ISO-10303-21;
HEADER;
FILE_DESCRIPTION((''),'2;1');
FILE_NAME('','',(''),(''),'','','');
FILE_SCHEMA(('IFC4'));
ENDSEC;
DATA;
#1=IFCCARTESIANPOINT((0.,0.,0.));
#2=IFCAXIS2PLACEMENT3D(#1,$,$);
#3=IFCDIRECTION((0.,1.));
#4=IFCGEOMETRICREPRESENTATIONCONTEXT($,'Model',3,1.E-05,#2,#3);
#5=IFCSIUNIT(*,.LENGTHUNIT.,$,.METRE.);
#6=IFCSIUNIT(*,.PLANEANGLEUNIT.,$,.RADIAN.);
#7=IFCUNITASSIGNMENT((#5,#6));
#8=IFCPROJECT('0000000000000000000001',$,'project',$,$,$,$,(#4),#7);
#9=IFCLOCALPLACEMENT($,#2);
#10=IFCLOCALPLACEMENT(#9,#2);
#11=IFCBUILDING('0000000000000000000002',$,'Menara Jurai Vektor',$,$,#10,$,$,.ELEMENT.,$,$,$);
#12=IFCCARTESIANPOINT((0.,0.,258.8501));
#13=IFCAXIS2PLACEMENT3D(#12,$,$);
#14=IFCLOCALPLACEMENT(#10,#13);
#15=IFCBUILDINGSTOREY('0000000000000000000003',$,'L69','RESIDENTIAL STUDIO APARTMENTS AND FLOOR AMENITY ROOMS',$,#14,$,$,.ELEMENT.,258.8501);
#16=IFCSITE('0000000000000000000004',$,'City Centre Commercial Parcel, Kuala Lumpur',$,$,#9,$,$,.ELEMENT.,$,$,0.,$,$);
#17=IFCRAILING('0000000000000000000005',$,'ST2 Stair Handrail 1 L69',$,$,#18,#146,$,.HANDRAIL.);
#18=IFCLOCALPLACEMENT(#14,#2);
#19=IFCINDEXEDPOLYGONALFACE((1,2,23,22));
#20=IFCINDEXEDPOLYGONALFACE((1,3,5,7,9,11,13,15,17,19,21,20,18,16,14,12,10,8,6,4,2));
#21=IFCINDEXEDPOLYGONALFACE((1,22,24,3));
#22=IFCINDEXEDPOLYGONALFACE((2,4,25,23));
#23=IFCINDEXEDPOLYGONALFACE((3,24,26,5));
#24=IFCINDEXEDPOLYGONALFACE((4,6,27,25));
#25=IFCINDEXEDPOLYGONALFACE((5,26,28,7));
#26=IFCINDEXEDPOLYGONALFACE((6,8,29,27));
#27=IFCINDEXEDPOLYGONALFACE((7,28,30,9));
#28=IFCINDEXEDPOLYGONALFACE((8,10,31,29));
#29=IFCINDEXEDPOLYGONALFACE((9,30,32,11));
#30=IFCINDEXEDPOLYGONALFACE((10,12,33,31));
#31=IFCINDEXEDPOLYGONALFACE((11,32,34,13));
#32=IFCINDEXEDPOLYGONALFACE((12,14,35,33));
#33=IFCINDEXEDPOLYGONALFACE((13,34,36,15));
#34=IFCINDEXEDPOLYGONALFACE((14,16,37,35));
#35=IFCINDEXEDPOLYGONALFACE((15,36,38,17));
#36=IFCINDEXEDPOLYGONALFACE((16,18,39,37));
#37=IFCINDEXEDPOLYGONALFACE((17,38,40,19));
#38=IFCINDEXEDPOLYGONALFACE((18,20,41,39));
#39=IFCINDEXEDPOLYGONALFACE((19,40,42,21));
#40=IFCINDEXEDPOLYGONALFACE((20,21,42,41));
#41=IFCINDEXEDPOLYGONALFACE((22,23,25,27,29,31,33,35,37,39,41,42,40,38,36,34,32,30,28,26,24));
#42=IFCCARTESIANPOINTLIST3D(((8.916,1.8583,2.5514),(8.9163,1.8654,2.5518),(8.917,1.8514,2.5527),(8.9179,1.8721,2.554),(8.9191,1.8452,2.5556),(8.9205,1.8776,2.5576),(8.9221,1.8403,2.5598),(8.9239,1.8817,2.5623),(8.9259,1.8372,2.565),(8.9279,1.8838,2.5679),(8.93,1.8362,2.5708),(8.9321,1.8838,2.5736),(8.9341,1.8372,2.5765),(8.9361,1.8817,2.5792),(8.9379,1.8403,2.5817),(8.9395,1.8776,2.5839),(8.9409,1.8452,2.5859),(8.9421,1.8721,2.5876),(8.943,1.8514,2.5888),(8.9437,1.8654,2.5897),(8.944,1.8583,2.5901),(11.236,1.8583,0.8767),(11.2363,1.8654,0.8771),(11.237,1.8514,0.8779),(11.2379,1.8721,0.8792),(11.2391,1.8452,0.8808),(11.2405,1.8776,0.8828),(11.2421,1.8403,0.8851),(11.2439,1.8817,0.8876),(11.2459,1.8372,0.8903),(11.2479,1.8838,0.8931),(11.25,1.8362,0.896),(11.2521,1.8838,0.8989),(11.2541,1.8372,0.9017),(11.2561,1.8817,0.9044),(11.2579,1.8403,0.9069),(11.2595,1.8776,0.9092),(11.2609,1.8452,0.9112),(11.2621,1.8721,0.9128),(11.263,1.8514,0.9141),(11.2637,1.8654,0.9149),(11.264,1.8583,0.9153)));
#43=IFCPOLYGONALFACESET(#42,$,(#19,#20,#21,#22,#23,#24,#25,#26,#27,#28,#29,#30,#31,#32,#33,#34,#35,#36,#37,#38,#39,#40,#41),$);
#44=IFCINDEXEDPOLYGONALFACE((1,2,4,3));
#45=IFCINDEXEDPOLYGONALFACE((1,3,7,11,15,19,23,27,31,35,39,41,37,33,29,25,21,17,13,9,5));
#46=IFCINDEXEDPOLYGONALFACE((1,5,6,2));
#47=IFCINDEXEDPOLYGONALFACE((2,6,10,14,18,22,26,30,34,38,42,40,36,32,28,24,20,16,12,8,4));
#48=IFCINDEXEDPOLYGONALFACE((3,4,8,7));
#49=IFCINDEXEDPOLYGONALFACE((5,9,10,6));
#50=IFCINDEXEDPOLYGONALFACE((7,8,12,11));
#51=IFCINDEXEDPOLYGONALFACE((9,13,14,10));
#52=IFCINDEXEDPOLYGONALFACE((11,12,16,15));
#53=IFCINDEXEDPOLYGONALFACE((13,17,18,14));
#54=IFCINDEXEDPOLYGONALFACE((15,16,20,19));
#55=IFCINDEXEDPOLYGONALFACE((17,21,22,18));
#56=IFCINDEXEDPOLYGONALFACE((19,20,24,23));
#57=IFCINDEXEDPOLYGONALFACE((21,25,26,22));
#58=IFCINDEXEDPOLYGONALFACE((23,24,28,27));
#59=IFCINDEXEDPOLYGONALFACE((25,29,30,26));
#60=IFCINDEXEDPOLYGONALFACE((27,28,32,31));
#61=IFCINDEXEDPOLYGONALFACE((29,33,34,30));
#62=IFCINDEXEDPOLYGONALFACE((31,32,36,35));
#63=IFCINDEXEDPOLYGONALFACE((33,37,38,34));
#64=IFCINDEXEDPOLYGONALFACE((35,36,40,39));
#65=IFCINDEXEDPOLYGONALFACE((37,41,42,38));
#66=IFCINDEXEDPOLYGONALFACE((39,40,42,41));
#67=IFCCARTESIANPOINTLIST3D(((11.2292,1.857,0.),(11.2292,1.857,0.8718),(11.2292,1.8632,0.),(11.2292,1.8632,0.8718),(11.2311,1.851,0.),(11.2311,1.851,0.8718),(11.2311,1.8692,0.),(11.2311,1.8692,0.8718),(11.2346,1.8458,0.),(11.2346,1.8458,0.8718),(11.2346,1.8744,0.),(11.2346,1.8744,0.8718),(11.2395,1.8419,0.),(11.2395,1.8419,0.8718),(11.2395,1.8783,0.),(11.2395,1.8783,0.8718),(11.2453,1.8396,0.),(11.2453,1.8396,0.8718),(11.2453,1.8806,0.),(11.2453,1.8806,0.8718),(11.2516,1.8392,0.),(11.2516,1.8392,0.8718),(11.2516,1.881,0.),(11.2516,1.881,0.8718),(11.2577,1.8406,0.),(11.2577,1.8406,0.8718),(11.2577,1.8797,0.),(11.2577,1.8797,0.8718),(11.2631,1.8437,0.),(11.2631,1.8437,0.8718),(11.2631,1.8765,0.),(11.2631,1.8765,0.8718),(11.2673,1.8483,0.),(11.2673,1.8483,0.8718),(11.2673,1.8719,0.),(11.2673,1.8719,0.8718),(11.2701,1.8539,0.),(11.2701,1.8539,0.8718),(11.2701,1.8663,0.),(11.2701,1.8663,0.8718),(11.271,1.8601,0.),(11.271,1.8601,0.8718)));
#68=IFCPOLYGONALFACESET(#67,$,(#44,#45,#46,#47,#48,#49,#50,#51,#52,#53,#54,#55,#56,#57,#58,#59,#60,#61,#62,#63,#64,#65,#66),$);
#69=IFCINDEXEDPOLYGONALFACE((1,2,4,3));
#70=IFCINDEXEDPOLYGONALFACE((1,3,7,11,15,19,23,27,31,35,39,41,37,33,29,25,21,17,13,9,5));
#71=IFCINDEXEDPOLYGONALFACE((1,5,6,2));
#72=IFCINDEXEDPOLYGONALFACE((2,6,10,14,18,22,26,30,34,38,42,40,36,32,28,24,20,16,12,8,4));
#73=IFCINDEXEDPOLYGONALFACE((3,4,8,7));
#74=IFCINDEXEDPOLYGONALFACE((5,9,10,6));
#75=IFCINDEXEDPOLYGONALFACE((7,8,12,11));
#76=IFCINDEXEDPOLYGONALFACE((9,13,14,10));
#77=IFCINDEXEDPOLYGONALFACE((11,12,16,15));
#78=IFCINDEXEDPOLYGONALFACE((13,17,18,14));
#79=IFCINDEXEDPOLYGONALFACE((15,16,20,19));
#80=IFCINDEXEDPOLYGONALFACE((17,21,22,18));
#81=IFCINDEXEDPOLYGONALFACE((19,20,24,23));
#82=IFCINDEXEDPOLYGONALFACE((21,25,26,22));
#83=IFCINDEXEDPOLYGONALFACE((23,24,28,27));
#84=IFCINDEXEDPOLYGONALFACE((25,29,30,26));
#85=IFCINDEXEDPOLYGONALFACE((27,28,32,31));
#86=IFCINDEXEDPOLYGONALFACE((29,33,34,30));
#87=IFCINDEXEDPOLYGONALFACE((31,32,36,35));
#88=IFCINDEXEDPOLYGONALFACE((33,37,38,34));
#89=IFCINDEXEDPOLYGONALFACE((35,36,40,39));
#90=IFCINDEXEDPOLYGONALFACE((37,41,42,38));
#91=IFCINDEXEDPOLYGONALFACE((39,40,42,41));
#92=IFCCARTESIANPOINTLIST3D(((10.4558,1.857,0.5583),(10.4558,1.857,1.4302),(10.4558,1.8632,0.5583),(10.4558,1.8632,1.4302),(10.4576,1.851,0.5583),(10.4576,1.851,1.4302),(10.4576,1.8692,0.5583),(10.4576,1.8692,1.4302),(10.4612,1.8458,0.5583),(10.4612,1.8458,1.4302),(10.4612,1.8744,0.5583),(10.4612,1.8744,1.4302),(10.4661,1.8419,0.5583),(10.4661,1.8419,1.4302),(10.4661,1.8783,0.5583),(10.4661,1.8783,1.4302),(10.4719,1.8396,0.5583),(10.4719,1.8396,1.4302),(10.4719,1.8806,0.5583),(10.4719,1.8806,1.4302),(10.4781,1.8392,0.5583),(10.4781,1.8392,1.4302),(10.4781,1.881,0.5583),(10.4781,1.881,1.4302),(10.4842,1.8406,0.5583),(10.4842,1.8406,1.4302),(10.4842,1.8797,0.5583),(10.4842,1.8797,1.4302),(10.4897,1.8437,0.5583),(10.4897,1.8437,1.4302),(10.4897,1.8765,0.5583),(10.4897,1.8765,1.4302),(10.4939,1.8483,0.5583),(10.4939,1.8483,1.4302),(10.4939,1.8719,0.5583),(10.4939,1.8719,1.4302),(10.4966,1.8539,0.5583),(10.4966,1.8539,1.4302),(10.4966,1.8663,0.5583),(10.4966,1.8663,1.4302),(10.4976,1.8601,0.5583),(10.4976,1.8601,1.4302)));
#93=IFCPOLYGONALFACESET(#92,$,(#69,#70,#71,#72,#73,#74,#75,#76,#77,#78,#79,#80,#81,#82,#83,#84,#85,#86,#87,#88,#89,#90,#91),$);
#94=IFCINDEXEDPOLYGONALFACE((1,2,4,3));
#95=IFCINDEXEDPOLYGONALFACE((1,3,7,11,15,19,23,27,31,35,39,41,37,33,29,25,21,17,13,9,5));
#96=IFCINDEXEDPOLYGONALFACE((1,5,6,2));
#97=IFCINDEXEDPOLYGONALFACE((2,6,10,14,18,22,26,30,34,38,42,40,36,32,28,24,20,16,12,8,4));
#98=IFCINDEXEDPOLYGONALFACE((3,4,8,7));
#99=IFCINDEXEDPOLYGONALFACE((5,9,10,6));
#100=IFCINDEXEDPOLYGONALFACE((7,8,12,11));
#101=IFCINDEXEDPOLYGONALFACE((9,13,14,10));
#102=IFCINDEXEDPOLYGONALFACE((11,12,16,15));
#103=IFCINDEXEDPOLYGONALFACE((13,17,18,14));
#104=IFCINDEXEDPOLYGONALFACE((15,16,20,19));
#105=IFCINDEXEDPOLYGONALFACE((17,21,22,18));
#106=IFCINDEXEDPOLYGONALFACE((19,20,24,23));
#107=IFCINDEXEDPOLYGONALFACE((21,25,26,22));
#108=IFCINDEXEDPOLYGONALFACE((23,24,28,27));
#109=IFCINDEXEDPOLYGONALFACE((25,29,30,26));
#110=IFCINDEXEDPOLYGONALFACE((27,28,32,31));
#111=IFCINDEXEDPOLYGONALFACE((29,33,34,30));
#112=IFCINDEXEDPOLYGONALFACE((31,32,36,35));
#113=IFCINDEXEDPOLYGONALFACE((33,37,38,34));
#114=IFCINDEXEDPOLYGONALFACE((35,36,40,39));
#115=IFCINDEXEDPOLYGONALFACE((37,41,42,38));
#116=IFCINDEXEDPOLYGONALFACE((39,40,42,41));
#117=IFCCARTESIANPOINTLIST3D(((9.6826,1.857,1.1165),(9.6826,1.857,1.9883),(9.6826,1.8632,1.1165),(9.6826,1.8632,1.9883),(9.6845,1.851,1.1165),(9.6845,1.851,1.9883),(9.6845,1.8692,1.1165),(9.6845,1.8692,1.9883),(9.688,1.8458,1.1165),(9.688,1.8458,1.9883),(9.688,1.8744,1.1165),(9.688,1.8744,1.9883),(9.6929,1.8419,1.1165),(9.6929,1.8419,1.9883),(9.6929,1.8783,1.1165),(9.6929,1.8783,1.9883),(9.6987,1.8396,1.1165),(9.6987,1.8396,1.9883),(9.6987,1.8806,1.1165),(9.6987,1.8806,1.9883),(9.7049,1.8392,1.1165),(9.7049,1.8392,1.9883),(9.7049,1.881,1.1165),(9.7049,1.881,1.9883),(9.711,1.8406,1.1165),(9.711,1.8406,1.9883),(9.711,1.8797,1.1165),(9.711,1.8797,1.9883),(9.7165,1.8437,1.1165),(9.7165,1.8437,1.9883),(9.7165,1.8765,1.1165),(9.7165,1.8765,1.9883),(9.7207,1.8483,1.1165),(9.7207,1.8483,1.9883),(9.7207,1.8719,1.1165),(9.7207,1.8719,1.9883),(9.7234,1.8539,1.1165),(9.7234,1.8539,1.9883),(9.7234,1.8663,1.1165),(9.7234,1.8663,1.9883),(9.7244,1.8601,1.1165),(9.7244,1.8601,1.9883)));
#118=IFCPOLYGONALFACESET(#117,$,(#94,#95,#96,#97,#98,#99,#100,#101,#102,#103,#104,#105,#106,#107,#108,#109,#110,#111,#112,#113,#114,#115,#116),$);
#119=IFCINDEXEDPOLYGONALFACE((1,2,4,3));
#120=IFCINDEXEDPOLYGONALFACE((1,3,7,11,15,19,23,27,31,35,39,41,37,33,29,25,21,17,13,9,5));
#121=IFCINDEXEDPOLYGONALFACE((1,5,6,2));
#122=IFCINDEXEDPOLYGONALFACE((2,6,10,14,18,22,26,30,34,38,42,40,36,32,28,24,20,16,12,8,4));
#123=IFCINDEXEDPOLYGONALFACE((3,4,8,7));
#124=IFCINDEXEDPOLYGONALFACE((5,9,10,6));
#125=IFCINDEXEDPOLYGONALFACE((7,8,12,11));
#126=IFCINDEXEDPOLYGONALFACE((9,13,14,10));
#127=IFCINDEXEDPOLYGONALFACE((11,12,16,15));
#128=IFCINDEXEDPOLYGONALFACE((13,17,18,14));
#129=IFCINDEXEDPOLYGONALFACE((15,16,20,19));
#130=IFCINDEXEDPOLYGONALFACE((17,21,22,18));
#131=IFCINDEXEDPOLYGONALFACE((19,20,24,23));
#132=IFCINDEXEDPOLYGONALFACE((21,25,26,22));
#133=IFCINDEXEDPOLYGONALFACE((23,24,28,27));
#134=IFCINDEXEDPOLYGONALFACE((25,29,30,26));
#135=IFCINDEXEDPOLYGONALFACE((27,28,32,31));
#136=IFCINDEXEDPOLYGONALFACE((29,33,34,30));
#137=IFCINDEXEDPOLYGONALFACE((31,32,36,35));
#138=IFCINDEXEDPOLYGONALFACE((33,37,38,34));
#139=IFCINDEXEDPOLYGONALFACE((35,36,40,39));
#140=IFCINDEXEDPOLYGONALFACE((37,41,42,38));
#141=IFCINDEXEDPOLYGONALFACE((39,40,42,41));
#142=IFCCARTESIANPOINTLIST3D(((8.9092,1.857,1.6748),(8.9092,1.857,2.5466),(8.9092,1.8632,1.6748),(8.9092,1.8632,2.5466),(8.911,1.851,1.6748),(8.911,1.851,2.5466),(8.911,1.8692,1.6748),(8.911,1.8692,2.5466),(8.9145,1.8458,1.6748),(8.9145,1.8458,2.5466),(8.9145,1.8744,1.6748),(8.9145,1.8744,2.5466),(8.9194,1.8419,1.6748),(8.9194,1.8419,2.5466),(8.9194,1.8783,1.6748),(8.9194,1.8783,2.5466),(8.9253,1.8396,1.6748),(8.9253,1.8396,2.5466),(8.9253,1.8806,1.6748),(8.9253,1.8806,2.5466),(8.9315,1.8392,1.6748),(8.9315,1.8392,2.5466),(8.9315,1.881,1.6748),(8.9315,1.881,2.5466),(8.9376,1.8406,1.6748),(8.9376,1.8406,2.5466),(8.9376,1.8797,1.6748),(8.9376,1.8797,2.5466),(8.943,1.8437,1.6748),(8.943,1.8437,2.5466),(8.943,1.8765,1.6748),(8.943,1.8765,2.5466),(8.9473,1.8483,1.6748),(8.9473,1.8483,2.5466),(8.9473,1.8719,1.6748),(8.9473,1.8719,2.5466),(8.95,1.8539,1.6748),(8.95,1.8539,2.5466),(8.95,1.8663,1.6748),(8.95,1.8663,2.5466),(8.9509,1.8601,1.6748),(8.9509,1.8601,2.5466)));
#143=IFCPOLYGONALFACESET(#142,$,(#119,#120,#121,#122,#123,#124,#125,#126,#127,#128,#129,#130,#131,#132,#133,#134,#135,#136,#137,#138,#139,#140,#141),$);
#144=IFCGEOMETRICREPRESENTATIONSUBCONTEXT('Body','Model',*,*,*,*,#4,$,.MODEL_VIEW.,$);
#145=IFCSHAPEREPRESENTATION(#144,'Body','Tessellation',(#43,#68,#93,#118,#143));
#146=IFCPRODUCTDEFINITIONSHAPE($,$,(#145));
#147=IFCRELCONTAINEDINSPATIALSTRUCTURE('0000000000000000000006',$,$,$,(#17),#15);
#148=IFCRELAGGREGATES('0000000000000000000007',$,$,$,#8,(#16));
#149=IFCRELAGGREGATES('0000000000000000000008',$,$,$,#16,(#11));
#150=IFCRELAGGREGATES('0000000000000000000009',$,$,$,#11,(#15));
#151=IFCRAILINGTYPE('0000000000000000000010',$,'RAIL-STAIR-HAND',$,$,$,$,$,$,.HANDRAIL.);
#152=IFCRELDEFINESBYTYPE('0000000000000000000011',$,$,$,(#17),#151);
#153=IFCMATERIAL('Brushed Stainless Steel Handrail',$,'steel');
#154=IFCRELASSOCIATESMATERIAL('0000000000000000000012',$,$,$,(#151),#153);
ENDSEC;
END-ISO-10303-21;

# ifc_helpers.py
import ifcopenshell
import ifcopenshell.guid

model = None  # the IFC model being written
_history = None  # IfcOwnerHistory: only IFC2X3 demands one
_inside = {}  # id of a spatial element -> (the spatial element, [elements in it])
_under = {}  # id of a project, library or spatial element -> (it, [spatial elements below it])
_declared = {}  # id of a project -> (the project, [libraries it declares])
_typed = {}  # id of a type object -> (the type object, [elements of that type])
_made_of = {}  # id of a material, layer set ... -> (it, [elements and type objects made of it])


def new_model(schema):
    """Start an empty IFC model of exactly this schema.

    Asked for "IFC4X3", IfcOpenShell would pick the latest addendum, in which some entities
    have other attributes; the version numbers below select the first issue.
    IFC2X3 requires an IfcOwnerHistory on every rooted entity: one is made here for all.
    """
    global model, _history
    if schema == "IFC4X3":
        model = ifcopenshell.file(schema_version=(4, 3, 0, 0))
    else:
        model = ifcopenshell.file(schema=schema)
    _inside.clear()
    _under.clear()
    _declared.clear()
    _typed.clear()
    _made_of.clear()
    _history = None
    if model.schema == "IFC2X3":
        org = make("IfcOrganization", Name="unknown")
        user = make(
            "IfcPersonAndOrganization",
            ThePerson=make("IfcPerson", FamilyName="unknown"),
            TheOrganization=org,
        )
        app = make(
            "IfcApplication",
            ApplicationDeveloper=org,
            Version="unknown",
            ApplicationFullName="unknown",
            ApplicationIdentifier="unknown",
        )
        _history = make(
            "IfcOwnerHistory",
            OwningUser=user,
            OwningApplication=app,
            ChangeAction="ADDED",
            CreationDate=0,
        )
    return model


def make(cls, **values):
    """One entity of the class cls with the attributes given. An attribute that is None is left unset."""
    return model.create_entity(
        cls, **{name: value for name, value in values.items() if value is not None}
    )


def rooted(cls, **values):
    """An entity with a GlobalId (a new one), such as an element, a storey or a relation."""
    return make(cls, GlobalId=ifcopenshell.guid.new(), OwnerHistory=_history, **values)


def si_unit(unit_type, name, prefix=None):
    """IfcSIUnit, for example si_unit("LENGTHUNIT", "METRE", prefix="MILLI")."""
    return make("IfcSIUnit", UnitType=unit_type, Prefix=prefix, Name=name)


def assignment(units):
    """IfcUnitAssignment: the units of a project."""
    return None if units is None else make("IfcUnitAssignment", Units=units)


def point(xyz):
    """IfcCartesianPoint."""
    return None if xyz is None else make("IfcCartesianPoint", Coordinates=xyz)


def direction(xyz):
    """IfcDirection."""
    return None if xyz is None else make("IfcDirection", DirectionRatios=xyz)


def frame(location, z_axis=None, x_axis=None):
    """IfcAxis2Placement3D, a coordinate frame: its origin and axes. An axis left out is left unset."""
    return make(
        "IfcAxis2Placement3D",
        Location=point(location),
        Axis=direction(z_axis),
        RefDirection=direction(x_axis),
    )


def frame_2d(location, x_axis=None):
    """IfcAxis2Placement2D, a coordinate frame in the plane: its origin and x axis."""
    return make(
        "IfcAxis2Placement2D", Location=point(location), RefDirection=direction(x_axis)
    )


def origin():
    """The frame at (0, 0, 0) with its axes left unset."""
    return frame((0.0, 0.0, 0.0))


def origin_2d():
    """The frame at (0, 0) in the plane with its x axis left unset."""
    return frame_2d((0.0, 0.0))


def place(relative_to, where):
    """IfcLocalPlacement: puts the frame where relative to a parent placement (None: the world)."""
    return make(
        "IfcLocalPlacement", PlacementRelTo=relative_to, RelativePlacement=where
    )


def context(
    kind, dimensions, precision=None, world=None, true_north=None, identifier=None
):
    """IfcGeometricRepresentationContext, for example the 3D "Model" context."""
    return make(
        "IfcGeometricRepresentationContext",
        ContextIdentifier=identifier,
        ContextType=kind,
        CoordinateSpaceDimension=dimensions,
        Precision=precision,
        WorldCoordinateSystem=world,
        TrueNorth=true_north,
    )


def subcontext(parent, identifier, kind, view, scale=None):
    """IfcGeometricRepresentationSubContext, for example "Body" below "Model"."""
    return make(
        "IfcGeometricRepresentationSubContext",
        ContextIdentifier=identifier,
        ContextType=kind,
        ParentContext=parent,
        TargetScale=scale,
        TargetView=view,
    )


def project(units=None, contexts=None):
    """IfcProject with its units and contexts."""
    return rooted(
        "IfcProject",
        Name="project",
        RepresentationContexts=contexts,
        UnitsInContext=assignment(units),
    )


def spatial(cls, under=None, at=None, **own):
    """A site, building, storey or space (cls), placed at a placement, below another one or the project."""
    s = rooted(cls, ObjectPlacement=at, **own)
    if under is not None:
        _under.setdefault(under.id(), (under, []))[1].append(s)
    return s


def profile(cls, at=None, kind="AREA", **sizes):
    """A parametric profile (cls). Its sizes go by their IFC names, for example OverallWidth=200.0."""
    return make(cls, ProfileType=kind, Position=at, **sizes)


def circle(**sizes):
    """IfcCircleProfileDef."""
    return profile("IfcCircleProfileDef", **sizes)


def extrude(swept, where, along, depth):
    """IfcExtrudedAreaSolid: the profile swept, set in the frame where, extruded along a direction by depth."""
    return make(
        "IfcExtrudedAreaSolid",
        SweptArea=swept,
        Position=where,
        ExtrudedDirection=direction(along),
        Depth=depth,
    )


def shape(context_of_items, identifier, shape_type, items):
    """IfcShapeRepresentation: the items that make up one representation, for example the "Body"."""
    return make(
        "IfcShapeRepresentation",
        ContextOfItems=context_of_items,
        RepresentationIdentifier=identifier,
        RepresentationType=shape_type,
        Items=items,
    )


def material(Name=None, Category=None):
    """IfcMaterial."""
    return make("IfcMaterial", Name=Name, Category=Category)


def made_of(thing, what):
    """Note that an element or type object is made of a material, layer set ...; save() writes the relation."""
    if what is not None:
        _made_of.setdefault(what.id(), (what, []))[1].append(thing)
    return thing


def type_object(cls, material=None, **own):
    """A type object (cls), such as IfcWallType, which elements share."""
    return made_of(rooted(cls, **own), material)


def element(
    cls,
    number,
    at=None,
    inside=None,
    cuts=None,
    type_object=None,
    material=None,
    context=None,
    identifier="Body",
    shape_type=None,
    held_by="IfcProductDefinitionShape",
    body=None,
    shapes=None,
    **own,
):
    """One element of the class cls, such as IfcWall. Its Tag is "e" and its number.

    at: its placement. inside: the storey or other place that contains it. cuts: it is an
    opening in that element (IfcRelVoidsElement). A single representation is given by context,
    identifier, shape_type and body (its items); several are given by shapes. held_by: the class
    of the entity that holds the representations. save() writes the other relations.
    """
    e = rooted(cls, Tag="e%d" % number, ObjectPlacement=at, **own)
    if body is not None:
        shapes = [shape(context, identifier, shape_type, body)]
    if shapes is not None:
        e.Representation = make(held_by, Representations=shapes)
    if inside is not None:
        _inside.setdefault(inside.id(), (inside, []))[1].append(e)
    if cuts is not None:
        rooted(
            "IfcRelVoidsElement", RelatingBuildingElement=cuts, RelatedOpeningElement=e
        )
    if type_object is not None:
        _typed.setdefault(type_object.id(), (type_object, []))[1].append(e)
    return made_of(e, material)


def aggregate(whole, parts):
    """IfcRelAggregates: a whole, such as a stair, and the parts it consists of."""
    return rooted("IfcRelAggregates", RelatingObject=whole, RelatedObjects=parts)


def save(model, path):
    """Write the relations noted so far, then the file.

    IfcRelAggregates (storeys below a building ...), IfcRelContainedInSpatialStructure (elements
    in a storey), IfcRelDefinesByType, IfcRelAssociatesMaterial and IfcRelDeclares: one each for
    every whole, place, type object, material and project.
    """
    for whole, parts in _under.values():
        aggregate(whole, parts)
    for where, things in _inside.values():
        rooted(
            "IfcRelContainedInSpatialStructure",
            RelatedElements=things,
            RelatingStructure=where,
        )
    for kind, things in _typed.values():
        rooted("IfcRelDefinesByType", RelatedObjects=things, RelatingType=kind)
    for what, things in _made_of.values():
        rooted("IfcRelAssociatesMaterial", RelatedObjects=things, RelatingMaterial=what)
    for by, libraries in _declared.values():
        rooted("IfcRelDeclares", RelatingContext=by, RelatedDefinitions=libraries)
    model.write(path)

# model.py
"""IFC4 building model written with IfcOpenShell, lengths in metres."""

from ifc_helpers import new_model, si_unit, direction, frame, origin, origin_2d, place, context, subcontext, project, spatial, circle, extrude, material, type_object, element, save


model = new_model("IFC4")

# Units and contexts
model_context = context("Model", 3, precision=1e-05, world=origin(), true_north=direction((0.0, 1.0)))
body_context = subcontext(model_context, "Body", "Model", "MODEL_VIEW")
ifc_project = project(units=[si_unit("LENGTHUNIT", "METRE"), si_unit("PLANEANGLEUNIT", "RADIAN")], contexts=[model_context])

# Site, building, storey
site_placement = place(None, origin())
site = spatial("IfcSite", under=ifc_project, at=site_placement, Name="City Centre Commercial Parcel, Kuala Lumpur", CompositionType="ELEMENT", RefElevation=0.0)
building_placement = place(site_placement, origin())
building = spatial("IfcBuilding", under=site, at=building_placement, Name="Menara Jurai Vektor", CompositionType="ELEMENT")
storey_placement = place(building_placement, frame((0.0, 0.0, 258.8501)))
storey = spatial("IfcBuildingStorey", under=building, at=storey_placement, Name="L69", Description="RESIDENTIAL STUDIO APARTMENTS AND FLOOR AMENITY ROOMS", CompositionType="ELEMENT", Elevation=258.8501)

# Railing
ifc_material_1 = material(Name="Brushed Stainless Steel Handrail", Category="steel")
railing_type_1 = type_object("IfcRailingType", Name="RAIL-STAIR-HAND", PredefinedType="HANDRAIL", material=ifc_material_1)
railing_1_placement = place(storey_placement, frame((11.25, 1.8601, 0.0)))
element("IfcRailing", 1, at=railing_1_placement, inside=storey, type_object=railing_type_1, Name="ST2 Stair Handrail 1 L69", PredefinedType="HANDRAIL", context=body_context, shape_type="SweptSolid", body=[
    extrude(circle(Radius=0.0239, at=origin_2d()), frame((0.0, 0.0, 0.896), z_axis=(-0.810812, 0.0, 0.585307), x_axis=(0.0, -1.0, 0.0)), (0.0, 0.0, 1.0), 2.8613),
    extrude(circle(Radius=0.021, at=origin_2d()), origin(), (0.0, 0.0, 1.0), 0.8718),
    extrude(circle(Radius=0.021, at=origin_2d()), frame((-0.7734, 0.0, 0.5583)), (0.0, 0.0, 1.0), 0.8718),
    extrude(circle(Radius=0.021, at=origin_2d()), frame((-1.5466, 0.0, 1.1165)), (0.0, 0.0, 1.0), 0.8718),
    extrude(circle(Radius=0.021, at=origin_2d()), frame((-2.3201, 0.0, 1.6748)), (0.0, 0.0, 1.0), 0.8718),
])

save(model, "model.ifc")
